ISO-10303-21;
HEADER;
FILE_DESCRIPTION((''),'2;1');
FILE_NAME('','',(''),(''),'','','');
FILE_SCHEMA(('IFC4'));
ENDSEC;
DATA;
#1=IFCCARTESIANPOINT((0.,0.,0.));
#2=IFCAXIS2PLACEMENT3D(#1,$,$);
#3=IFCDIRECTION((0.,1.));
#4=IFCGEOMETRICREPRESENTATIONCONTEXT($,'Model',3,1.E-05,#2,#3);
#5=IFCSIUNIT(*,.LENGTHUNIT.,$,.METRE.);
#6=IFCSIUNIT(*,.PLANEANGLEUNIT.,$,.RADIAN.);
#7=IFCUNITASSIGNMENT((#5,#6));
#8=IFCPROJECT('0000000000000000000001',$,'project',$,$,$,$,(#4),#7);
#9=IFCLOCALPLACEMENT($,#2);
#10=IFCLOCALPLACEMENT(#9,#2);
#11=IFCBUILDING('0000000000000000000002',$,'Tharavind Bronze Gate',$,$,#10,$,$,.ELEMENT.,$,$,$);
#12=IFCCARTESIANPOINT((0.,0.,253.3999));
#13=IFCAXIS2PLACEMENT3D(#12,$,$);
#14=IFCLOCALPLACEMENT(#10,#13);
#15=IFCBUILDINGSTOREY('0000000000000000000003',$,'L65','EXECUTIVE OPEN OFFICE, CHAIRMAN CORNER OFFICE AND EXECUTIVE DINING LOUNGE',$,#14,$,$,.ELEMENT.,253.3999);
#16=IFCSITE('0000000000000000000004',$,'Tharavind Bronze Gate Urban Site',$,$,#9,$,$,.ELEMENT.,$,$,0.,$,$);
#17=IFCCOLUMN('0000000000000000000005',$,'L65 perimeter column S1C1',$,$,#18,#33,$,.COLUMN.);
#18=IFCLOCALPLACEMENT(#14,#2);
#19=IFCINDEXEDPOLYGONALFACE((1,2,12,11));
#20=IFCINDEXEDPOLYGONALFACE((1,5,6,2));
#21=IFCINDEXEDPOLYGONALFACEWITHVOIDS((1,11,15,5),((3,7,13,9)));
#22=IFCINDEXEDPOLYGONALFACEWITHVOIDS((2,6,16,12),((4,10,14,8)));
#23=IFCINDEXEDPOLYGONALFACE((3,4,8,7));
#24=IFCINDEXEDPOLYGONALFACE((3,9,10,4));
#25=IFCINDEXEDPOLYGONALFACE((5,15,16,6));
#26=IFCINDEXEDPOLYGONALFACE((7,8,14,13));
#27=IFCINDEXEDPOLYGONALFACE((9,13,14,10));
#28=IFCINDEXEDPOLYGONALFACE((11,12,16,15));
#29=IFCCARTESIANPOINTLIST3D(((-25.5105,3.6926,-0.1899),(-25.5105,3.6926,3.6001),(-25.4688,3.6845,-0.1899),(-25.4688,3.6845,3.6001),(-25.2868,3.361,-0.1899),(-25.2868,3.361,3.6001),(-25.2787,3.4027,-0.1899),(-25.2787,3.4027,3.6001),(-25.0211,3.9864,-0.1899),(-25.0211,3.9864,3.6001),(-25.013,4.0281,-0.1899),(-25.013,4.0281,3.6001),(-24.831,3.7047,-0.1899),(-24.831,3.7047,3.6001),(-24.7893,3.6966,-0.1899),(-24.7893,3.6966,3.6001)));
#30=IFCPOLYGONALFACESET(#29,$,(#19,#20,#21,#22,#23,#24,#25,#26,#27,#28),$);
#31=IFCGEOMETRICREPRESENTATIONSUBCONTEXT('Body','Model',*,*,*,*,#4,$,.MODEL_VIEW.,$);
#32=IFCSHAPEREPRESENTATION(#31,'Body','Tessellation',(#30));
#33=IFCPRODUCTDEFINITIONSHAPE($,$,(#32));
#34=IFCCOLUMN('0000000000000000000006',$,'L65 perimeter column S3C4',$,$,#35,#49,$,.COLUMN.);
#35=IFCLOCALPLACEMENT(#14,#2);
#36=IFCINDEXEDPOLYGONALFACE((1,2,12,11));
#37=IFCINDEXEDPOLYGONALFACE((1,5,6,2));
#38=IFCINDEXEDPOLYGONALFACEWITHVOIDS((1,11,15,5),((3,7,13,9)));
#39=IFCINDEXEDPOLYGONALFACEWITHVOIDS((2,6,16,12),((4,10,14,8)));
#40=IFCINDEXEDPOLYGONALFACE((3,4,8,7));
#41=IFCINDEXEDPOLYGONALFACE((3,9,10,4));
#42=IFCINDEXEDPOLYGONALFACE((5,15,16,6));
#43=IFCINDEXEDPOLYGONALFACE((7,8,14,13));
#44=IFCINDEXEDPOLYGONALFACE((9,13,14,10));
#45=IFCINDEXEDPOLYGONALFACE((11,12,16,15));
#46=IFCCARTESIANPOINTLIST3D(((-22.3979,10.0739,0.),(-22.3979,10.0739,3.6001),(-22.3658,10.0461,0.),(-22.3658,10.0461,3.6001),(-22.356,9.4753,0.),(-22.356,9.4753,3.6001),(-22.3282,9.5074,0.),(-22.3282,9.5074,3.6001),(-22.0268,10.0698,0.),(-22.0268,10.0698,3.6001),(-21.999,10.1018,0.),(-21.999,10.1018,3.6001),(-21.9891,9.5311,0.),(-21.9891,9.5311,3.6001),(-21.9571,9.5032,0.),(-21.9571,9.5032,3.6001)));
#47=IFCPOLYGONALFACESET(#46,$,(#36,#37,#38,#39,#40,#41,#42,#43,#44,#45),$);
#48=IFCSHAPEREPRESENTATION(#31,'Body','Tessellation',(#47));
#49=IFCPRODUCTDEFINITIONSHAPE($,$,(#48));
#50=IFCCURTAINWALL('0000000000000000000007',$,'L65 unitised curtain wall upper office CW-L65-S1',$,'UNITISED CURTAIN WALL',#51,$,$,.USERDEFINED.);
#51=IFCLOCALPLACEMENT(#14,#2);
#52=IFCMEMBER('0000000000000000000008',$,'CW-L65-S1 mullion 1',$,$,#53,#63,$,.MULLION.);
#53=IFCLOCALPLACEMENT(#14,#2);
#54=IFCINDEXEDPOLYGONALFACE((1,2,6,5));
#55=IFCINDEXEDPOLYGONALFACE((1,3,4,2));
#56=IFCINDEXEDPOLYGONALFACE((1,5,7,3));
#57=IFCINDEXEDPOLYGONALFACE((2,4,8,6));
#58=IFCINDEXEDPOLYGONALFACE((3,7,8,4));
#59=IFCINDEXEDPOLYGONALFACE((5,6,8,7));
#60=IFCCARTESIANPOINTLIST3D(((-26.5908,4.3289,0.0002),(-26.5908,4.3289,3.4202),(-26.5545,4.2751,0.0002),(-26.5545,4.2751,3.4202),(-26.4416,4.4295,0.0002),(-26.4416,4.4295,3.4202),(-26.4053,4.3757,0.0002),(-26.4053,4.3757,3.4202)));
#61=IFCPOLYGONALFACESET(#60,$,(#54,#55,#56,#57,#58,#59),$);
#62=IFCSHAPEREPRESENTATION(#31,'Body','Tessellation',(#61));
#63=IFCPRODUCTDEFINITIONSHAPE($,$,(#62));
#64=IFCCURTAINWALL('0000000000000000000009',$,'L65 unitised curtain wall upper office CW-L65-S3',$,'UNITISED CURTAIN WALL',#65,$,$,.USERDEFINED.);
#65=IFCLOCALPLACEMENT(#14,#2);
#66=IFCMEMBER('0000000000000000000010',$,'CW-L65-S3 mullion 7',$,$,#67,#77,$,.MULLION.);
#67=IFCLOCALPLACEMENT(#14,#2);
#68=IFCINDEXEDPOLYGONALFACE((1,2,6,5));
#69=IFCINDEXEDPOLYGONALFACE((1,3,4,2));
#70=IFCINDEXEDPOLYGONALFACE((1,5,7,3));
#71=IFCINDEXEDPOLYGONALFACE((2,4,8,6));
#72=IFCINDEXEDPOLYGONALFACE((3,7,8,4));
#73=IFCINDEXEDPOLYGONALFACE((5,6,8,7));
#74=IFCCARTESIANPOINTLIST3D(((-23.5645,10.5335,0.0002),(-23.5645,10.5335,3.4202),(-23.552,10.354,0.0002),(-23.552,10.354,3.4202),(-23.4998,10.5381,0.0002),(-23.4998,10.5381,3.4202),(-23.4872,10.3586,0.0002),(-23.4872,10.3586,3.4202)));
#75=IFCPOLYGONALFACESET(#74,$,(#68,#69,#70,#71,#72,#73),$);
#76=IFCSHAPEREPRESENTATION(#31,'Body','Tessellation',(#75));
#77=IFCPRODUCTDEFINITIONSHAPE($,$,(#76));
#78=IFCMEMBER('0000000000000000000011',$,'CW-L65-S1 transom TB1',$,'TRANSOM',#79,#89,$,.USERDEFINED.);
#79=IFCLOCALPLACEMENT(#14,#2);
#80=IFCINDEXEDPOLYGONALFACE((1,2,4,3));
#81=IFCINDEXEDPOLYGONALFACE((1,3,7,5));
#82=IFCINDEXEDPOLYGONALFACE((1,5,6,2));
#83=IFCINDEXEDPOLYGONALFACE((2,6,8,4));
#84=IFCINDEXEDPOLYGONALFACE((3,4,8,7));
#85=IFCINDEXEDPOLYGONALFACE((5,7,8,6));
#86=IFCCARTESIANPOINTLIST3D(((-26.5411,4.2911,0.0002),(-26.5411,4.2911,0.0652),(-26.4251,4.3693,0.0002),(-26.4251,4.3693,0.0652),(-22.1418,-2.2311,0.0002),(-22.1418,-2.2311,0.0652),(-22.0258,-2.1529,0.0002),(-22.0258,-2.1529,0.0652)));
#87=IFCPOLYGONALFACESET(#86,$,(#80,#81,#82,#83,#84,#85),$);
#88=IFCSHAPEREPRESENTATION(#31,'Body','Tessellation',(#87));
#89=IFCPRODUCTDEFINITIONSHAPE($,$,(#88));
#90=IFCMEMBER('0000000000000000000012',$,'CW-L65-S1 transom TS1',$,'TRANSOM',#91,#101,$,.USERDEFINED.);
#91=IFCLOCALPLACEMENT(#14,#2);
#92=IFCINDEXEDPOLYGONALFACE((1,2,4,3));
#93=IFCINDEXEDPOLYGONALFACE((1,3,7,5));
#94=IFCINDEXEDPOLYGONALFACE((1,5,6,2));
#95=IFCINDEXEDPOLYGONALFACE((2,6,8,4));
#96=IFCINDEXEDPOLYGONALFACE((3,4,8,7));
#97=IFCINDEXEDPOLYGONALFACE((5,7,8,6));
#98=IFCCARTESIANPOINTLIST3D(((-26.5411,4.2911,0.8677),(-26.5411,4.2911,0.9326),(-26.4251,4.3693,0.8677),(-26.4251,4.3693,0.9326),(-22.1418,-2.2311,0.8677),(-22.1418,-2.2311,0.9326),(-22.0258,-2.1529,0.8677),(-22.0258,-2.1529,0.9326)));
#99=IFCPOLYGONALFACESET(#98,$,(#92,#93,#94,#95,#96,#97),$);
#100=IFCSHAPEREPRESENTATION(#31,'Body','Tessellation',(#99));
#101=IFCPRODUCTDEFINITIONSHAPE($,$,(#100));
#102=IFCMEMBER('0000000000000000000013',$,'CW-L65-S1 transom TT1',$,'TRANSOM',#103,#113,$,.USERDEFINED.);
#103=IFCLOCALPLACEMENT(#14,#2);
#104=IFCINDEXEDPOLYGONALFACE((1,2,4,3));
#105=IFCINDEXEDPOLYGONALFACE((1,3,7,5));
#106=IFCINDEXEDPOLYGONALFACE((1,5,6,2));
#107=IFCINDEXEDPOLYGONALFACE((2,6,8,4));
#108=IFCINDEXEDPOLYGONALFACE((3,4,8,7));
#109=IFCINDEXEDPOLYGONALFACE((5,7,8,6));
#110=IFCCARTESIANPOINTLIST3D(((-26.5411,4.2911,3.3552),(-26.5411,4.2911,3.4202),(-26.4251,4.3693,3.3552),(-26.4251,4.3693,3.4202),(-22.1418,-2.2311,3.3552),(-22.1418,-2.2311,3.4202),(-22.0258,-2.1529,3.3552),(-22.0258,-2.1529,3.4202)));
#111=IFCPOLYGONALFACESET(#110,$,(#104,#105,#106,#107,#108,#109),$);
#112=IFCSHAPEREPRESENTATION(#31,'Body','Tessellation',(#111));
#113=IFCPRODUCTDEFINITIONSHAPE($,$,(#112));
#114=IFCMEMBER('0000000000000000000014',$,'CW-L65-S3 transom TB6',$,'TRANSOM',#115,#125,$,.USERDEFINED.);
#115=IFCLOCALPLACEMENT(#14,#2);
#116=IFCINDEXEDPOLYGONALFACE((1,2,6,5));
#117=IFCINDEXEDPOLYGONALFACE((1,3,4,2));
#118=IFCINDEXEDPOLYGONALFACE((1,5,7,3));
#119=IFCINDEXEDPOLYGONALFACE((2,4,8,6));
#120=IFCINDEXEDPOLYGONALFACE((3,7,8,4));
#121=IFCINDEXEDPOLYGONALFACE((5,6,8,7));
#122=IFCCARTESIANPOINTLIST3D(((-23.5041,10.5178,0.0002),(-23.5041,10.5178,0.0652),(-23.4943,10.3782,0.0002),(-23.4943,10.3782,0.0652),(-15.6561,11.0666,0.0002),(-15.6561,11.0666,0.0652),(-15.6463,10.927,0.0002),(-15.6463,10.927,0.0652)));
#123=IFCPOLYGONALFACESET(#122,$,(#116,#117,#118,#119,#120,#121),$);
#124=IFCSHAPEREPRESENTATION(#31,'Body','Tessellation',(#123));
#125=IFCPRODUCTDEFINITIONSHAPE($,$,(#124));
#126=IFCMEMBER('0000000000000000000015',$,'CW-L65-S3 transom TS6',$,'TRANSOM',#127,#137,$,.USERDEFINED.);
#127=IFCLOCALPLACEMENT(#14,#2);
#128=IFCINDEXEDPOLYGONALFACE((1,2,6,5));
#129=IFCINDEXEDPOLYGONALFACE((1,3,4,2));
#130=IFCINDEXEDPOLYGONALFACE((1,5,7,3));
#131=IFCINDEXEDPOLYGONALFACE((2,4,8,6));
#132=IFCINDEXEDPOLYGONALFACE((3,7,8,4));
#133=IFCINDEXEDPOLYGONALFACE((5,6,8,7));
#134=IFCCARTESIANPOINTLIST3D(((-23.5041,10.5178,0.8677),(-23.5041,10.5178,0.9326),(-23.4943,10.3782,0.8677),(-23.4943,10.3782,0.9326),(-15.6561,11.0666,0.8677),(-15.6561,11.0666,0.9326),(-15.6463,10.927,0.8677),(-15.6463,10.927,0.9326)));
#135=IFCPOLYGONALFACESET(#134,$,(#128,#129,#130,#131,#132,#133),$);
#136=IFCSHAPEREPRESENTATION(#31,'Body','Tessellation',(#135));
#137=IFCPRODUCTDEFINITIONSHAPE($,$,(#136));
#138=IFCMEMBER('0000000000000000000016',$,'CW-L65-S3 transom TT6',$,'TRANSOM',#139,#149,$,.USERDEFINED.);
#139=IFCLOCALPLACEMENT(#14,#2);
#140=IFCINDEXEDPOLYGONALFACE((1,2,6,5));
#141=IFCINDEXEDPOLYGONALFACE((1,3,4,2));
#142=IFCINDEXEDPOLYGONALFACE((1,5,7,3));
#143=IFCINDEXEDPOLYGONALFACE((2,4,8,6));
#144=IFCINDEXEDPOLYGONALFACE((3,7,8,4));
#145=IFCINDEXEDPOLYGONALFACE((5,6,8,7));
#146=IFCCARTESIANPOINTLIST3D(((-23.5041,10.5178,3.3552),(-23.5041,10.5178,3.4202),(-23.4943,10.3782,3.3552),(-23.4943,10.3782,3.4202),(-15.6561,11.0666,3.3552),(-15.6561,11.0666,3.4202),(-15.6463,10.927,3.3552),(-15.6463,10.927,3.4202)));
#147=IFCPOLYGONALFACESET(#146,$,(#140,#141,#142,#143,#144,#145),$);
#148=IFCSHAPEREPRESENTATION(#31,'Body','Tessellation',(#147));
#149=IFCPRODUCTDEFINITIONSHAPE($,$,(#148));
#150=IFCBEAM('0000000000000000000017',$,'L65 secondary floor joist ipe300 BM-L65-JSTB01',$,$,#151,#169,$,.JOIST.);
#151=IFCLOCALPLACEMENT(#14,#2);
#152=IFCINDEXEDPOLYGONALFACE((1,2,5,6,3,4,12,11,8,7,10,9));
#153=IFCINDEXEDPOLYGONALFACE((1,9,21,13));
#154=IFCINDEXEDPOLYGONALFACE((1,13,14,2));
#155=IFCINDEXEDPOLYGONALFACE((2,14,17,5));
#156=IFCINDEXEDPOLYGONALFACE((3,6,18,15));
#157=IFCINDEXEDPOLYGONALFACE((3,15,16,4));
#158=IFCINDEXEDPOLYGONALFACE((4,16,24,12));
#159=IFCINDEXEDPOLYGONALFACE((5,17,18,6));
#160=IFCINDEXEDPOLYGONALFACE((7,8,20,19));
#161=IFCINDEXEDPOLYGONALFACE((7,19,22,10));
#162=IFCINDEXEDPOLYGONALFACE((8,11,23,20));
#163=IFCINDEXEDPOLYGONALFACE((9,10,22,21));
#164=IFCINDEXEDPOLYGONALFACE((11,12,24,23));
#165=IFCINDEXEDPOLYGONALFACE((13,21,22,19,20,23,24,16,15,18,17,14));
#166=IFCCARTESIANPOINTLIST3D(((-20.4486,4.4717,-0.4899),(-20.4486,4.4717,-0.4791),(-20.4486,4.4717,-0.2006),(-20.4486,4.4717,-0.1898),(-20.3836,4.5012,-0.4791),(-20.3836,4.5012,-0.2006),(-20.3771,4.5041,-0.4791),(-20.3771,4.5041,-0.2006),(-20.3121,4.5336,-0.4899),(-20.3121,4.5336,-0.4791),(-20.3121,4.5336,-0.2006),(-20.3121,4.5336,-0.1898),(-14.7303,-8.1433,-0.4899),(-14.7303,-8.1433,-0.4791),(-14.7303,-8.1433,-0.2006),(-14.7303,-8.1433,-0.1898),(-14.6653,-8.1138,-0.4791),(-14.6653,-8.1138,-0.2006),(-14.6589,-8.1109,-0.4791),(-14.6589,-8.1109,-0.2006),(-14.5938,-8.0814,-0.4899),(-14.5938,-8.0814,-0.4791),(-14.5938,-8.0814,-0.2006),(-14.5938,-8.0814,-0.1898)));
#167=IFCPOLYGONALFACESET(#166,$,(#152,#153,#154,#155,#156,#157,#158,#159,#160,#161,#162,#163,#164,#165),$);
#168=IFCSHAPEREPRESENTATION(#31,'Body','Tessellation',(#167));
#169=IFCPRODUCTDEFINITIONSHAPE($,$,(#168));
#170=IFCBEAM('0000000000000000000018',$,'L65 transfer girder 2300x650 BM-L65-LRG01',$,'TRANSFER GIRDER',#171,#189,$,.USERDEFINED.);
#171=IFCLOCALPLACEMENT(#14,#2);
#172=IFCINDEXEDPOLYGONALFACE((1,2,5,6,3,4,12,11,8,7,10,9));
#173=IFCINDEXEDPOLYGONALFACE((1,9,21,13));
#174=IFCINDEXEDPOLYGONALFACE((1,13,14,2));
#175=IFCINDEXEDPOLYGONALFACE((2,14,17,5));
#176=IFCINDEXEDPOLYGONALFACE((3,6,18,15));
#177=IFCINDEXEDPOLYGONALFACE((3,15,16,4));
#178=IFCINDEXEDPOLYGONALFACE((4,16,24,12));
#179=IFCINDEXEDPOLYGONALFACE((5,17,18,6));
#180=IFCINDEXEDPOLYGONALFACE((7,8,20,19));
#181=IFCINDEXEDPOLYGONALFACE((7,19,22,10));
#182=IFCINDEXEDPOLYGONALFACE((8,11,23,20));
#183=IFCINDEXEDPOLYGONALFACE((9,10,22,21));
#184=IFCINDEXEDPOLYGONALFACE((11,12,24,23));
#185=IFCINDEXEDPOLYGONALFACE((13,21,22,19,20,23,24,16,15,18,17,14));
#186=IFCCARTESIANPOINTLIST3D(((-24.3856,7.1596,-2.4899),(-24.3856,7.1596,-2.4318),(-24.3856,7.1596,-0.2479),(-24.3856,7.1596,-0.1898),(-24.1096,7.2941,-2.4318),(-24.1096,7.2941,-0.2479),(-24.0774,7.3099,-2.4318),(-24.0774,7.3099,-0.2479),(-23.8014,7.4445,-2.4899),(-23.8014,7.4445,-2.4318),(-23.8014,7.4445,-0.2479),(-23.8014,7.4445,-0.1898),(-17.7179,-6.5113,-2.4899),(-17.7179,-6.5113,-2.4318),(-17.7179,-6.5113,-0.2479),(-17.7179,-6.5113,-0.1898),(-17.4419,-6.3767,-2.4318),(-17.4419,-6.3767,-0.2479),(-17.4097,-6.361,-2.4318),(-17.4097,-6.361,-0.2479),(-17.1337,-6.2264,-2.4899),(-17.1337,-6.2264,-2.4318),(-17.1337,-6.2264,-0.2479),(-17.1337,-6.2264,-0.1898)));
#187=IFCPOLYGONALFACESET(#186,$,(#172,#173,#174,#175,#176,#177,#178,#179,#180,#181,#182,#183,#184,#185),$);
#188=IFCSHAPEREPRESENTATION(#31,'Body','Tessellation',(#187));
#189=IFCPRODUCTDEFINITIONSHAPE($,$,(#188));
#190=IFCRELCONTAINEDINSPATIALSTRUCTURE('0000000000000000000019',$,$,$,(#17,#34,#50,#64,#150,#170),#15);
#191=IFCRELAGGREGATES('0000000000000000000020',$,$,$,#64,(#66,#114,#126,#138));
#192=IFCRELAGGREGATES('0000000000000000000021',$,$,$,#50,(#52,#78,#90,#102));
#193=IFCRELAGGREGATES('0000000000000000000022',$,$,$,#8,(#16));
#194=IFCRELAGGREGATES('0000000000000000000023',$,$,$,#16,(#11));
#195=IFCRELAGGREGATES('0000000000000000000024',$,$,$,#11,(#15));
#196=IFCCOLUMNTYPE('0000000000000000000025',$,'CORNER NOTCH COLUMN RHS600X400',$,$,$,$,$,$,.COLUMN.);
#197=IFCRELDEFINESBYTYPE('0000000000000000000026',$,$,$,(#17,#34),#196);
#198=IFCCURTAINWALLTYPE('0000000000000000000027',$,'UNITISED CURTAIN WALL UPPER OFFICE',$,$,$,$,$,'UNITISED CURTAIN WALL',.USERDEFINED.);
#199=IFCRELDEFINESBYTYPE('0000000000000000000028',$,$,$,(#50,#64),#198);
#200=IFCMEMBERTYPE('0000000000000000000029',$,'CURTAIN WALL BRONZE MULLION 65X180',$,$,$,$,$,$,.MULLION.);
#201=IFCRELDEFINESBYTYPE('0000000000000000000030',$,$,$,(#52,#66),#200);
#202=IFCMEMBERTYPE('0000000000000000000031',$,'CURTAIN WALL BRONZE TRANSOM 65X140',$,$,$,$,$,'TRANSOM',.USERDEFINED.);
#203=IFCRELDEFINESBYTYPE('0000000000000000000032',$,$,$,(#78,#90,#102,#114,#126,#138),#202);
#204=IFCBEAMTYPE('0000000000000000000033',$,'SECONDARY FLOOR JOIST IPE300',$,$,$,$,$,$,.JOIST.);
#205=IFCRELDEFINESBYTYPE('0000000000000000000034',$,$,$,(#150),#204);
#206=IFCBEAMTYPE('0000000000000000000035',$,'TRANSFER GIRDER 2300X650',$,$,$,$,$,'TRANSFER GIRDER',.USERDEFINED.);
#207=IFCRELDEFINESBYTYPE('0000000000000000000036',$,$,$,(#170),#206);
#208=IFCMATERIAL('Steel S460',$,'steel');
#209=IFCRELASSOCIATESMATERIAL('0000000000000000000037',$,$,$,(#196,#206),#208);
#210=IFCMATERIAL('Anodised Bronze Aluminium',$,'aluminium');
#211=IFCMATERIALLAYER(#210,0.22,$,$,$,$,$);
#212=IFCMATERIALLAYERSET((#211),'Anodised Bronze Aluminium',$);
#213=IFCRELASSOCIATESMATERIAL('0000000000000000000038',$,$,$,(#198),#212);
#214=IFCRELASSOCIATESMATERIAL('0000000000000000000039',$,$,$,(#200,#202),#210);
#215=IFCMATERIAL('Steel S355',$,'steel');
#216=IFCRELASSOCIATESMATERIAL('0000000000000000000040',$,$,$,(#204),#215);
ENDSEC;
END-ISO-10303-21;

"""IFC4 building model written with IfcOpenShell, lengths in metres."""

from ifc_helpers import new_model, si_unit, direction, frame, origin, origin_2d, place, context, subcontext, project, spatial, rectangle, hollow_rectangle, i_section, extrude, material, layer, layer_set, material_profile, profile_set, type_object, element, aggregate, save


model = new_model("IFC4")

# Units and contexts
model_context = context("Model", 3, precision=1e-05, world=origin(), true_north=direction((0.0, 1.0)))
body_context = subcontext(model_context, "Body", "Model", "MODEL_VIEW")
ifc_project = project(units=[si_unit("LENGTHUNIT", "METRE"), si_unit("PLANEANGLEUNIT", "RADIAN")], contexts=[model_context])

# Site, building, storey
site_placement = place(None, origin())
site = spatial("IfcSite", under=ifc_project, at=site_placement, Name="Tharavind Bronze Gate Urban Site", CompositionType="ELEMENT", RefElevation=0.0)
building_placement = place(site_placement, origin())
building = spatial("IfcBuilding", under=site, at=building_placement, Name="Tharavind Bronze Gate", CompositionType="ELEMENT")
storey_placement = place(building_placement, frame((0.0, 0.0, 253.3999)))
storey = spatial("IfcBuildingStorey", under=building, at=storey_placement, Name="L65", Description="EXECUTIVE OPEN OFFICE, CHAIRMAN CORNER OFFICE AND EXECUTIVE DINING LOUNGE", CompositionType="ELEMENT", Elevation=253.3999)

# Columns
ifc_material_1 = material(Name="Steel S460", Category="steel")
ifc_material_profile_1 = material_profile(ifc_material_1, hollow_rectangle(XDim=0.3999, YDim=0.6001, WallThickness=0.03, at=origin_2d()), Name="RHS600X400X30")
ifc_profile_set_1 = profile_set([ifc_material_profile_1], Name="Steel S460")
column_type = type_object("IfcColumnType", Name="CORNER NOTCH COLUMN RHS600X400", PredefinedType="COLUMN", material=ifc_profile_set_1)
column_1_placement = place(storey_placement, frame((-25.1499, 3.6946, -0.1899), z_axis=(0.0, 0.0, 1.0), x_axis=(-0.559193, 0.829038, 0.0)))
element("IfcColumn", 1, at=column_1_placement, inside=storey, type_object=column_type, Name="L65 perimeter column S1C1", PredefinedType="COLUMN", context=body_context, shape_type="SweptSolid", body=[
    extrude(hollow_rectangle(XDim=0.3999, YDim=0.6001, WallThickness=0.03, at=origin_2d()), origin(), (0.0, 0.0, 1.0), 3.79),
])
column_2_placement = place(storey_placement, frame((-22.1775, 9.7886, 0.0), z_axis=(0.0, 0.0, 1.0), x_axis=(0.997564, 0.069758, 0.0)))
element("IfcColumn", 2, at=column_2_placement, inside=storey, type_object=column_type, Name="L65 perimeter column S3C4", PredefinedType="COLUMN", context=body_context, shape_type="SweptSolid", body=[
    extrude(hollow_rectangle(XDim=0.3999, YDim=0.6001, WallThickness=0.03, at=origin_2d()), origin(), (0.0, 0.0, 1.0), 3.6001),
])

# Curtain walls, members
ifc_material_2 = material(Name="Anodised Bronze Aluminium", Category="aluminium")
ifc_layer_1 = layer(ifc_material_2, 0.22)
ifc_layer_set_1 = layer_set([ifc_layer_1], Name="Anodised Bronze Aluminium")
curtain_wall_type = type_object("IfcCurtainWallType", Name="UNITISED CURTAIN WALL UPPER OFFICE", ElementType="UNITISED CURTAIN WALL", PredefinedType="USERDEFINED", material=ifc_layer_set_1)
curtain_wall_1_placement = place(storey_placement, origin())
curtain_wall_1 = element("IfcCurtainWall", 3, at=curtain_wall_1_placement, inside=storey, type_object=curtain_wall_type, Name="L65 unitised curtain wall upper office CW-L65-S1", ObjectType="UNITISED CURTAIN WALL", PredefinedType="USERDEFINED")
member_type_1 = type_object("IfcMemberType", Name="CURTAIN WALL BRONZE MULLION 65X180", PredefinedType="MULLION", material=ifc_material_2)
member_1_placement = place(storey_placement, frame((-26.498, 4.3523, 0.0002), z_axis=(0.0, 0.0, 1.0), x_axis=(0.559191, -0.829039, 0.0)))
member_1 = element("IfcMember", 4, at=member_1_placement, type_object=member_type_1, Name="CW-L65-S1 mullion 1", PredefinedType="MULLION", context=body_context, shape_type="SweptSolid", body=[
    extrude(rectangle(XDim=0.0649, YDim=0.1799, at=origin_2d()), origin(), (0.0, 0.0, 1.0), 3.4199),
])
curtain_wall_2_placement = place(storey_placement, origin())
curtain_wall_2 = element("IfcCurtainWall", 5, at=curtain_wall_2_placement, inside=storey, type_object=curtain_wall_type, Name="L65 unitised curtain wall upper office CW-L65-S3", ObjectType="UNITISED CURTAIN WALL", PredefinedType="USERDEFINED")
member_2_placement = place(storey_placement, frame((-23.5259, 10.446, 0.0002), z_axis=(0.0, 0.0, 1.0), x_axis=(-0.997564, -0.06976, 0.0)))
member_2 = element("IfcMember", 6, at=member_2_placement, type_object=member_type_1, Name="CW-L65-S3 mullion 7", PredefinedType="MULLION", context=body_context, shape_type="SweptSolid", body=[
    extrude(rectangle(XDim=0.0649, YDim=0.1799, at=origin_2d()), origin(), (0.0, 0.0, 1.0), 3.4199),
])

# Members
member_type_2 = type_object("IfcMemberType", Name="CURTAIN WALL BRONZE TRANSOM 65X140", ElementType="TRANSOM", PredefinedType="USERDEFINED", material=ifc_material_2)
member_3_placement = place(storey_placement, frame((-24.2834, 1.0691, 0.0002), z_axis=(0.0, 0.0, 1.0), x_axis=(0.559191, -0.829039, 0.0)))
member_3 = element("IfcMember", 7, at=member_3_placement, type_object=member_type_2, Name="CW-L65-S1 transom TB1", ObjectType="TRANSOM", PredefinedType="USERDEFINED", context=body_context, shape_type="SweptSolid", body=[
    extrude(rectangle(XDim=7.8672, YDim=0.1399, at=origin_2d()), origin(), (0.0, 0.0, 1.0), 0.0649),
])
member_4_placement = place(storey_placement, frame((-24.2834, 1.0691, 0.8677), z_axis=(0.0, 0.0, 1.0), x_axis=(0.559191, -0.829039, 0.0)))
member_4 = element("IfcMember", 8, at=member_4_placement, type_object=member_type_2, Name="CW-L65-S1 transom TS1", ObjectType="TRANSOM", PredefinedType="USERDEFINED", context=body_context, shape_type="SweptSolid", body=[
    extrude(rectangle(XDim=7.8672, YDim=0.1399, at=origin_2d()), origin(), (0.0, 0.0, 1.0), 0.0649),
])
member_5_placement = place(storey_placement, frame((-24.2834, 1.0691, 3.3552), z_axis=(0.0, 0.0, 1.0), x_axis=(0.559191, -0.829039, 0.0)))
member_5 = element("IfcMember", 9, at=member_5_placement, type_object=member_type_2, Name="CW-L65-S1 transom TT1", ObjectType="TRANSOM", PredefinedType="USERDEFINED", context=body_context, shape_type="SweptSolid", body=[
    extrude(rectangle(XDim=7.8672, YDim=0.1399, at=origin_2d()), origin(), (0.0, 0.0, 1.0), 0.0649),
])
member_6_placement = place(storey_placement, frame((-19.5752, 10.7224, 0.0002), z_axis=(0.0, 0.0, 1.0), x_axis=(-0.997564, -0.06976, 0.0)))
member_6 = element("IfcMember", 10, at=member_6_placement, type_object=member_type_2, Name="CW-L65-S3 transom TB6", ObjectType="TRANSOM", PredefinedType="USERDEFINED", context=body_context, shape_type="SweptSolid", body=[
    extrude(rectangle(XDim=7.8672, YDim=0.1399, at=origin_2d()), origin(), (0.0, 0.0, 1.0), 0.0649),
])
member_7_placement = place(storey_placement, frame((-19.5752, 10.7224, 0.8677), z_axis=(0.0, 0.0, 1.0), x_axis=(-0.997564, -0.06976, 0.0)))
member_7 = element("IfcMember", 11, at=member_7_placement, type_object=member_type_2, Name="CW-L65-S3 transom TS6", ObjectType="TRANSOM", PredefinedType="USERDEFINED", context=body_context, shape_type="SweptSolid", body=[
    extrude(rectangle(XDim=7.8672, YDim=0.1399, at=origin_2d()), origin(), (0.0, 0.0, 1.0), 0.0649),
])
member_8_placement = place(storey_placement, frame((-19.5752, 10.7224, 3.3552), z_axis=(0.0, 0.0, 1.0), x_axis=(-0.997564, -0.06976, 0.0)))
member_8 = element("IfcMember", 12, at=member_8_placement, type_object=member_type_2, Name="CW-L65-S3 transom TT6", ObjectType="TRANSOM", PredefinedType="USERDEFINED", context=body_context, shape_type="SweptSolid", body=[
    extrude(rectangle(XDim=7.8672, YDim=0.1399, at=origin_2d()), origin(), (0.0, 0.0, 1.0), 0.0649),
])
aggregate(curtain_wall_2, [member_2, member_6, member_7, member_8])

# Beams
ifc_material_3 = material(Name="Steel S355", Category="steel")
ifc_material_profile_2 = material_profile(ifc_material_3, i_section(OverallWidth=0.1499, OverallDepth=0.3, WebThickness=0.0071, FlangeThickness=0.0107, at=origin_2d()), Name="IPE300")
ifc_profile_set_2 = profile_set([ifc_material_profile_2], Name="Steel S355")
beam_type_1 = type_object("IfcBeamType", Name="SECONDARY FLOOR JOIST IPE300", PredefinedType="JOIST", material=ifc_profile_set_2)
beam_1_placement = place(storey_placement, frame((-20.3804, 4.5027, -0.3398), z_axis=(0.412856, -0.910796, 0.0), x_axis=(0.910796, 0.412856, 0.0)))
element("IfcBeam", 13, at=beam_1_placement, inside=storey, type_object=beam_type_1, Name="L65 secondary floor joist ipe300 BM-L65-JSTB01", PredefinedType="JOIST", context=body_context, shape_type="SweptSolid", body=[
    extrude(i_section(OverallWidth=0.1499, OverallDepth=0.3, WebThickness=0.0071, FlangeThickness=0.0107, at=origin_2d()), origin(), (0.0, 0.0, 1.0), 13.8506),
])
ifc_material_profile_3 = material_profile(ifc_material_1, i_section(OverallWidth=0.6499, OverallDepth=2.3, WebThickness=0.0359, FlangeThickness=0.0581, at=origin_2d()), Name="PG2300X650")
ifc_profile_set_3 = profile_set([ifc_material_profile_3], Name="Steel S460")
beam_type_2 = type_object("IfcBeamType", Name="TRANSFER GIRDER 2300X650", ElementType="TRANSFER GIRDER", PredefinedType="USERDEFINED", material=ifc_profile_set_3)
beam_2_placement = place(storey_placement, frame((-24.0935, 7.302, -1.3398), z_axis=(0.43837, -0.898795, 0.0), x_axis=(0.898795, 0.43837, 0.0)))
element("IfcBeam", 14, at=beam_2_placement, inside=storey, type_object=beam_type_2, Name="L65 transfer girder 2300x650 BM-L65-LRG01", ObjectType="TRANSFER GIRDER", PredefinedType="USERDEFINED", context=body_context, shape_type="SweptSolid", body=[
    extrude(i_section(OverallWidth=0.6499, OverallDepth=2.3, WebThickness=0.0359, FlangeThickness=0.0581, at=origin_2d()), origin(), (0.0, 0.0, 1.0), 15.2102),
])

aggregate(curtain_wall_1, [member_1, member_3, member_4, member_5])

save(model, "model.ifc")
